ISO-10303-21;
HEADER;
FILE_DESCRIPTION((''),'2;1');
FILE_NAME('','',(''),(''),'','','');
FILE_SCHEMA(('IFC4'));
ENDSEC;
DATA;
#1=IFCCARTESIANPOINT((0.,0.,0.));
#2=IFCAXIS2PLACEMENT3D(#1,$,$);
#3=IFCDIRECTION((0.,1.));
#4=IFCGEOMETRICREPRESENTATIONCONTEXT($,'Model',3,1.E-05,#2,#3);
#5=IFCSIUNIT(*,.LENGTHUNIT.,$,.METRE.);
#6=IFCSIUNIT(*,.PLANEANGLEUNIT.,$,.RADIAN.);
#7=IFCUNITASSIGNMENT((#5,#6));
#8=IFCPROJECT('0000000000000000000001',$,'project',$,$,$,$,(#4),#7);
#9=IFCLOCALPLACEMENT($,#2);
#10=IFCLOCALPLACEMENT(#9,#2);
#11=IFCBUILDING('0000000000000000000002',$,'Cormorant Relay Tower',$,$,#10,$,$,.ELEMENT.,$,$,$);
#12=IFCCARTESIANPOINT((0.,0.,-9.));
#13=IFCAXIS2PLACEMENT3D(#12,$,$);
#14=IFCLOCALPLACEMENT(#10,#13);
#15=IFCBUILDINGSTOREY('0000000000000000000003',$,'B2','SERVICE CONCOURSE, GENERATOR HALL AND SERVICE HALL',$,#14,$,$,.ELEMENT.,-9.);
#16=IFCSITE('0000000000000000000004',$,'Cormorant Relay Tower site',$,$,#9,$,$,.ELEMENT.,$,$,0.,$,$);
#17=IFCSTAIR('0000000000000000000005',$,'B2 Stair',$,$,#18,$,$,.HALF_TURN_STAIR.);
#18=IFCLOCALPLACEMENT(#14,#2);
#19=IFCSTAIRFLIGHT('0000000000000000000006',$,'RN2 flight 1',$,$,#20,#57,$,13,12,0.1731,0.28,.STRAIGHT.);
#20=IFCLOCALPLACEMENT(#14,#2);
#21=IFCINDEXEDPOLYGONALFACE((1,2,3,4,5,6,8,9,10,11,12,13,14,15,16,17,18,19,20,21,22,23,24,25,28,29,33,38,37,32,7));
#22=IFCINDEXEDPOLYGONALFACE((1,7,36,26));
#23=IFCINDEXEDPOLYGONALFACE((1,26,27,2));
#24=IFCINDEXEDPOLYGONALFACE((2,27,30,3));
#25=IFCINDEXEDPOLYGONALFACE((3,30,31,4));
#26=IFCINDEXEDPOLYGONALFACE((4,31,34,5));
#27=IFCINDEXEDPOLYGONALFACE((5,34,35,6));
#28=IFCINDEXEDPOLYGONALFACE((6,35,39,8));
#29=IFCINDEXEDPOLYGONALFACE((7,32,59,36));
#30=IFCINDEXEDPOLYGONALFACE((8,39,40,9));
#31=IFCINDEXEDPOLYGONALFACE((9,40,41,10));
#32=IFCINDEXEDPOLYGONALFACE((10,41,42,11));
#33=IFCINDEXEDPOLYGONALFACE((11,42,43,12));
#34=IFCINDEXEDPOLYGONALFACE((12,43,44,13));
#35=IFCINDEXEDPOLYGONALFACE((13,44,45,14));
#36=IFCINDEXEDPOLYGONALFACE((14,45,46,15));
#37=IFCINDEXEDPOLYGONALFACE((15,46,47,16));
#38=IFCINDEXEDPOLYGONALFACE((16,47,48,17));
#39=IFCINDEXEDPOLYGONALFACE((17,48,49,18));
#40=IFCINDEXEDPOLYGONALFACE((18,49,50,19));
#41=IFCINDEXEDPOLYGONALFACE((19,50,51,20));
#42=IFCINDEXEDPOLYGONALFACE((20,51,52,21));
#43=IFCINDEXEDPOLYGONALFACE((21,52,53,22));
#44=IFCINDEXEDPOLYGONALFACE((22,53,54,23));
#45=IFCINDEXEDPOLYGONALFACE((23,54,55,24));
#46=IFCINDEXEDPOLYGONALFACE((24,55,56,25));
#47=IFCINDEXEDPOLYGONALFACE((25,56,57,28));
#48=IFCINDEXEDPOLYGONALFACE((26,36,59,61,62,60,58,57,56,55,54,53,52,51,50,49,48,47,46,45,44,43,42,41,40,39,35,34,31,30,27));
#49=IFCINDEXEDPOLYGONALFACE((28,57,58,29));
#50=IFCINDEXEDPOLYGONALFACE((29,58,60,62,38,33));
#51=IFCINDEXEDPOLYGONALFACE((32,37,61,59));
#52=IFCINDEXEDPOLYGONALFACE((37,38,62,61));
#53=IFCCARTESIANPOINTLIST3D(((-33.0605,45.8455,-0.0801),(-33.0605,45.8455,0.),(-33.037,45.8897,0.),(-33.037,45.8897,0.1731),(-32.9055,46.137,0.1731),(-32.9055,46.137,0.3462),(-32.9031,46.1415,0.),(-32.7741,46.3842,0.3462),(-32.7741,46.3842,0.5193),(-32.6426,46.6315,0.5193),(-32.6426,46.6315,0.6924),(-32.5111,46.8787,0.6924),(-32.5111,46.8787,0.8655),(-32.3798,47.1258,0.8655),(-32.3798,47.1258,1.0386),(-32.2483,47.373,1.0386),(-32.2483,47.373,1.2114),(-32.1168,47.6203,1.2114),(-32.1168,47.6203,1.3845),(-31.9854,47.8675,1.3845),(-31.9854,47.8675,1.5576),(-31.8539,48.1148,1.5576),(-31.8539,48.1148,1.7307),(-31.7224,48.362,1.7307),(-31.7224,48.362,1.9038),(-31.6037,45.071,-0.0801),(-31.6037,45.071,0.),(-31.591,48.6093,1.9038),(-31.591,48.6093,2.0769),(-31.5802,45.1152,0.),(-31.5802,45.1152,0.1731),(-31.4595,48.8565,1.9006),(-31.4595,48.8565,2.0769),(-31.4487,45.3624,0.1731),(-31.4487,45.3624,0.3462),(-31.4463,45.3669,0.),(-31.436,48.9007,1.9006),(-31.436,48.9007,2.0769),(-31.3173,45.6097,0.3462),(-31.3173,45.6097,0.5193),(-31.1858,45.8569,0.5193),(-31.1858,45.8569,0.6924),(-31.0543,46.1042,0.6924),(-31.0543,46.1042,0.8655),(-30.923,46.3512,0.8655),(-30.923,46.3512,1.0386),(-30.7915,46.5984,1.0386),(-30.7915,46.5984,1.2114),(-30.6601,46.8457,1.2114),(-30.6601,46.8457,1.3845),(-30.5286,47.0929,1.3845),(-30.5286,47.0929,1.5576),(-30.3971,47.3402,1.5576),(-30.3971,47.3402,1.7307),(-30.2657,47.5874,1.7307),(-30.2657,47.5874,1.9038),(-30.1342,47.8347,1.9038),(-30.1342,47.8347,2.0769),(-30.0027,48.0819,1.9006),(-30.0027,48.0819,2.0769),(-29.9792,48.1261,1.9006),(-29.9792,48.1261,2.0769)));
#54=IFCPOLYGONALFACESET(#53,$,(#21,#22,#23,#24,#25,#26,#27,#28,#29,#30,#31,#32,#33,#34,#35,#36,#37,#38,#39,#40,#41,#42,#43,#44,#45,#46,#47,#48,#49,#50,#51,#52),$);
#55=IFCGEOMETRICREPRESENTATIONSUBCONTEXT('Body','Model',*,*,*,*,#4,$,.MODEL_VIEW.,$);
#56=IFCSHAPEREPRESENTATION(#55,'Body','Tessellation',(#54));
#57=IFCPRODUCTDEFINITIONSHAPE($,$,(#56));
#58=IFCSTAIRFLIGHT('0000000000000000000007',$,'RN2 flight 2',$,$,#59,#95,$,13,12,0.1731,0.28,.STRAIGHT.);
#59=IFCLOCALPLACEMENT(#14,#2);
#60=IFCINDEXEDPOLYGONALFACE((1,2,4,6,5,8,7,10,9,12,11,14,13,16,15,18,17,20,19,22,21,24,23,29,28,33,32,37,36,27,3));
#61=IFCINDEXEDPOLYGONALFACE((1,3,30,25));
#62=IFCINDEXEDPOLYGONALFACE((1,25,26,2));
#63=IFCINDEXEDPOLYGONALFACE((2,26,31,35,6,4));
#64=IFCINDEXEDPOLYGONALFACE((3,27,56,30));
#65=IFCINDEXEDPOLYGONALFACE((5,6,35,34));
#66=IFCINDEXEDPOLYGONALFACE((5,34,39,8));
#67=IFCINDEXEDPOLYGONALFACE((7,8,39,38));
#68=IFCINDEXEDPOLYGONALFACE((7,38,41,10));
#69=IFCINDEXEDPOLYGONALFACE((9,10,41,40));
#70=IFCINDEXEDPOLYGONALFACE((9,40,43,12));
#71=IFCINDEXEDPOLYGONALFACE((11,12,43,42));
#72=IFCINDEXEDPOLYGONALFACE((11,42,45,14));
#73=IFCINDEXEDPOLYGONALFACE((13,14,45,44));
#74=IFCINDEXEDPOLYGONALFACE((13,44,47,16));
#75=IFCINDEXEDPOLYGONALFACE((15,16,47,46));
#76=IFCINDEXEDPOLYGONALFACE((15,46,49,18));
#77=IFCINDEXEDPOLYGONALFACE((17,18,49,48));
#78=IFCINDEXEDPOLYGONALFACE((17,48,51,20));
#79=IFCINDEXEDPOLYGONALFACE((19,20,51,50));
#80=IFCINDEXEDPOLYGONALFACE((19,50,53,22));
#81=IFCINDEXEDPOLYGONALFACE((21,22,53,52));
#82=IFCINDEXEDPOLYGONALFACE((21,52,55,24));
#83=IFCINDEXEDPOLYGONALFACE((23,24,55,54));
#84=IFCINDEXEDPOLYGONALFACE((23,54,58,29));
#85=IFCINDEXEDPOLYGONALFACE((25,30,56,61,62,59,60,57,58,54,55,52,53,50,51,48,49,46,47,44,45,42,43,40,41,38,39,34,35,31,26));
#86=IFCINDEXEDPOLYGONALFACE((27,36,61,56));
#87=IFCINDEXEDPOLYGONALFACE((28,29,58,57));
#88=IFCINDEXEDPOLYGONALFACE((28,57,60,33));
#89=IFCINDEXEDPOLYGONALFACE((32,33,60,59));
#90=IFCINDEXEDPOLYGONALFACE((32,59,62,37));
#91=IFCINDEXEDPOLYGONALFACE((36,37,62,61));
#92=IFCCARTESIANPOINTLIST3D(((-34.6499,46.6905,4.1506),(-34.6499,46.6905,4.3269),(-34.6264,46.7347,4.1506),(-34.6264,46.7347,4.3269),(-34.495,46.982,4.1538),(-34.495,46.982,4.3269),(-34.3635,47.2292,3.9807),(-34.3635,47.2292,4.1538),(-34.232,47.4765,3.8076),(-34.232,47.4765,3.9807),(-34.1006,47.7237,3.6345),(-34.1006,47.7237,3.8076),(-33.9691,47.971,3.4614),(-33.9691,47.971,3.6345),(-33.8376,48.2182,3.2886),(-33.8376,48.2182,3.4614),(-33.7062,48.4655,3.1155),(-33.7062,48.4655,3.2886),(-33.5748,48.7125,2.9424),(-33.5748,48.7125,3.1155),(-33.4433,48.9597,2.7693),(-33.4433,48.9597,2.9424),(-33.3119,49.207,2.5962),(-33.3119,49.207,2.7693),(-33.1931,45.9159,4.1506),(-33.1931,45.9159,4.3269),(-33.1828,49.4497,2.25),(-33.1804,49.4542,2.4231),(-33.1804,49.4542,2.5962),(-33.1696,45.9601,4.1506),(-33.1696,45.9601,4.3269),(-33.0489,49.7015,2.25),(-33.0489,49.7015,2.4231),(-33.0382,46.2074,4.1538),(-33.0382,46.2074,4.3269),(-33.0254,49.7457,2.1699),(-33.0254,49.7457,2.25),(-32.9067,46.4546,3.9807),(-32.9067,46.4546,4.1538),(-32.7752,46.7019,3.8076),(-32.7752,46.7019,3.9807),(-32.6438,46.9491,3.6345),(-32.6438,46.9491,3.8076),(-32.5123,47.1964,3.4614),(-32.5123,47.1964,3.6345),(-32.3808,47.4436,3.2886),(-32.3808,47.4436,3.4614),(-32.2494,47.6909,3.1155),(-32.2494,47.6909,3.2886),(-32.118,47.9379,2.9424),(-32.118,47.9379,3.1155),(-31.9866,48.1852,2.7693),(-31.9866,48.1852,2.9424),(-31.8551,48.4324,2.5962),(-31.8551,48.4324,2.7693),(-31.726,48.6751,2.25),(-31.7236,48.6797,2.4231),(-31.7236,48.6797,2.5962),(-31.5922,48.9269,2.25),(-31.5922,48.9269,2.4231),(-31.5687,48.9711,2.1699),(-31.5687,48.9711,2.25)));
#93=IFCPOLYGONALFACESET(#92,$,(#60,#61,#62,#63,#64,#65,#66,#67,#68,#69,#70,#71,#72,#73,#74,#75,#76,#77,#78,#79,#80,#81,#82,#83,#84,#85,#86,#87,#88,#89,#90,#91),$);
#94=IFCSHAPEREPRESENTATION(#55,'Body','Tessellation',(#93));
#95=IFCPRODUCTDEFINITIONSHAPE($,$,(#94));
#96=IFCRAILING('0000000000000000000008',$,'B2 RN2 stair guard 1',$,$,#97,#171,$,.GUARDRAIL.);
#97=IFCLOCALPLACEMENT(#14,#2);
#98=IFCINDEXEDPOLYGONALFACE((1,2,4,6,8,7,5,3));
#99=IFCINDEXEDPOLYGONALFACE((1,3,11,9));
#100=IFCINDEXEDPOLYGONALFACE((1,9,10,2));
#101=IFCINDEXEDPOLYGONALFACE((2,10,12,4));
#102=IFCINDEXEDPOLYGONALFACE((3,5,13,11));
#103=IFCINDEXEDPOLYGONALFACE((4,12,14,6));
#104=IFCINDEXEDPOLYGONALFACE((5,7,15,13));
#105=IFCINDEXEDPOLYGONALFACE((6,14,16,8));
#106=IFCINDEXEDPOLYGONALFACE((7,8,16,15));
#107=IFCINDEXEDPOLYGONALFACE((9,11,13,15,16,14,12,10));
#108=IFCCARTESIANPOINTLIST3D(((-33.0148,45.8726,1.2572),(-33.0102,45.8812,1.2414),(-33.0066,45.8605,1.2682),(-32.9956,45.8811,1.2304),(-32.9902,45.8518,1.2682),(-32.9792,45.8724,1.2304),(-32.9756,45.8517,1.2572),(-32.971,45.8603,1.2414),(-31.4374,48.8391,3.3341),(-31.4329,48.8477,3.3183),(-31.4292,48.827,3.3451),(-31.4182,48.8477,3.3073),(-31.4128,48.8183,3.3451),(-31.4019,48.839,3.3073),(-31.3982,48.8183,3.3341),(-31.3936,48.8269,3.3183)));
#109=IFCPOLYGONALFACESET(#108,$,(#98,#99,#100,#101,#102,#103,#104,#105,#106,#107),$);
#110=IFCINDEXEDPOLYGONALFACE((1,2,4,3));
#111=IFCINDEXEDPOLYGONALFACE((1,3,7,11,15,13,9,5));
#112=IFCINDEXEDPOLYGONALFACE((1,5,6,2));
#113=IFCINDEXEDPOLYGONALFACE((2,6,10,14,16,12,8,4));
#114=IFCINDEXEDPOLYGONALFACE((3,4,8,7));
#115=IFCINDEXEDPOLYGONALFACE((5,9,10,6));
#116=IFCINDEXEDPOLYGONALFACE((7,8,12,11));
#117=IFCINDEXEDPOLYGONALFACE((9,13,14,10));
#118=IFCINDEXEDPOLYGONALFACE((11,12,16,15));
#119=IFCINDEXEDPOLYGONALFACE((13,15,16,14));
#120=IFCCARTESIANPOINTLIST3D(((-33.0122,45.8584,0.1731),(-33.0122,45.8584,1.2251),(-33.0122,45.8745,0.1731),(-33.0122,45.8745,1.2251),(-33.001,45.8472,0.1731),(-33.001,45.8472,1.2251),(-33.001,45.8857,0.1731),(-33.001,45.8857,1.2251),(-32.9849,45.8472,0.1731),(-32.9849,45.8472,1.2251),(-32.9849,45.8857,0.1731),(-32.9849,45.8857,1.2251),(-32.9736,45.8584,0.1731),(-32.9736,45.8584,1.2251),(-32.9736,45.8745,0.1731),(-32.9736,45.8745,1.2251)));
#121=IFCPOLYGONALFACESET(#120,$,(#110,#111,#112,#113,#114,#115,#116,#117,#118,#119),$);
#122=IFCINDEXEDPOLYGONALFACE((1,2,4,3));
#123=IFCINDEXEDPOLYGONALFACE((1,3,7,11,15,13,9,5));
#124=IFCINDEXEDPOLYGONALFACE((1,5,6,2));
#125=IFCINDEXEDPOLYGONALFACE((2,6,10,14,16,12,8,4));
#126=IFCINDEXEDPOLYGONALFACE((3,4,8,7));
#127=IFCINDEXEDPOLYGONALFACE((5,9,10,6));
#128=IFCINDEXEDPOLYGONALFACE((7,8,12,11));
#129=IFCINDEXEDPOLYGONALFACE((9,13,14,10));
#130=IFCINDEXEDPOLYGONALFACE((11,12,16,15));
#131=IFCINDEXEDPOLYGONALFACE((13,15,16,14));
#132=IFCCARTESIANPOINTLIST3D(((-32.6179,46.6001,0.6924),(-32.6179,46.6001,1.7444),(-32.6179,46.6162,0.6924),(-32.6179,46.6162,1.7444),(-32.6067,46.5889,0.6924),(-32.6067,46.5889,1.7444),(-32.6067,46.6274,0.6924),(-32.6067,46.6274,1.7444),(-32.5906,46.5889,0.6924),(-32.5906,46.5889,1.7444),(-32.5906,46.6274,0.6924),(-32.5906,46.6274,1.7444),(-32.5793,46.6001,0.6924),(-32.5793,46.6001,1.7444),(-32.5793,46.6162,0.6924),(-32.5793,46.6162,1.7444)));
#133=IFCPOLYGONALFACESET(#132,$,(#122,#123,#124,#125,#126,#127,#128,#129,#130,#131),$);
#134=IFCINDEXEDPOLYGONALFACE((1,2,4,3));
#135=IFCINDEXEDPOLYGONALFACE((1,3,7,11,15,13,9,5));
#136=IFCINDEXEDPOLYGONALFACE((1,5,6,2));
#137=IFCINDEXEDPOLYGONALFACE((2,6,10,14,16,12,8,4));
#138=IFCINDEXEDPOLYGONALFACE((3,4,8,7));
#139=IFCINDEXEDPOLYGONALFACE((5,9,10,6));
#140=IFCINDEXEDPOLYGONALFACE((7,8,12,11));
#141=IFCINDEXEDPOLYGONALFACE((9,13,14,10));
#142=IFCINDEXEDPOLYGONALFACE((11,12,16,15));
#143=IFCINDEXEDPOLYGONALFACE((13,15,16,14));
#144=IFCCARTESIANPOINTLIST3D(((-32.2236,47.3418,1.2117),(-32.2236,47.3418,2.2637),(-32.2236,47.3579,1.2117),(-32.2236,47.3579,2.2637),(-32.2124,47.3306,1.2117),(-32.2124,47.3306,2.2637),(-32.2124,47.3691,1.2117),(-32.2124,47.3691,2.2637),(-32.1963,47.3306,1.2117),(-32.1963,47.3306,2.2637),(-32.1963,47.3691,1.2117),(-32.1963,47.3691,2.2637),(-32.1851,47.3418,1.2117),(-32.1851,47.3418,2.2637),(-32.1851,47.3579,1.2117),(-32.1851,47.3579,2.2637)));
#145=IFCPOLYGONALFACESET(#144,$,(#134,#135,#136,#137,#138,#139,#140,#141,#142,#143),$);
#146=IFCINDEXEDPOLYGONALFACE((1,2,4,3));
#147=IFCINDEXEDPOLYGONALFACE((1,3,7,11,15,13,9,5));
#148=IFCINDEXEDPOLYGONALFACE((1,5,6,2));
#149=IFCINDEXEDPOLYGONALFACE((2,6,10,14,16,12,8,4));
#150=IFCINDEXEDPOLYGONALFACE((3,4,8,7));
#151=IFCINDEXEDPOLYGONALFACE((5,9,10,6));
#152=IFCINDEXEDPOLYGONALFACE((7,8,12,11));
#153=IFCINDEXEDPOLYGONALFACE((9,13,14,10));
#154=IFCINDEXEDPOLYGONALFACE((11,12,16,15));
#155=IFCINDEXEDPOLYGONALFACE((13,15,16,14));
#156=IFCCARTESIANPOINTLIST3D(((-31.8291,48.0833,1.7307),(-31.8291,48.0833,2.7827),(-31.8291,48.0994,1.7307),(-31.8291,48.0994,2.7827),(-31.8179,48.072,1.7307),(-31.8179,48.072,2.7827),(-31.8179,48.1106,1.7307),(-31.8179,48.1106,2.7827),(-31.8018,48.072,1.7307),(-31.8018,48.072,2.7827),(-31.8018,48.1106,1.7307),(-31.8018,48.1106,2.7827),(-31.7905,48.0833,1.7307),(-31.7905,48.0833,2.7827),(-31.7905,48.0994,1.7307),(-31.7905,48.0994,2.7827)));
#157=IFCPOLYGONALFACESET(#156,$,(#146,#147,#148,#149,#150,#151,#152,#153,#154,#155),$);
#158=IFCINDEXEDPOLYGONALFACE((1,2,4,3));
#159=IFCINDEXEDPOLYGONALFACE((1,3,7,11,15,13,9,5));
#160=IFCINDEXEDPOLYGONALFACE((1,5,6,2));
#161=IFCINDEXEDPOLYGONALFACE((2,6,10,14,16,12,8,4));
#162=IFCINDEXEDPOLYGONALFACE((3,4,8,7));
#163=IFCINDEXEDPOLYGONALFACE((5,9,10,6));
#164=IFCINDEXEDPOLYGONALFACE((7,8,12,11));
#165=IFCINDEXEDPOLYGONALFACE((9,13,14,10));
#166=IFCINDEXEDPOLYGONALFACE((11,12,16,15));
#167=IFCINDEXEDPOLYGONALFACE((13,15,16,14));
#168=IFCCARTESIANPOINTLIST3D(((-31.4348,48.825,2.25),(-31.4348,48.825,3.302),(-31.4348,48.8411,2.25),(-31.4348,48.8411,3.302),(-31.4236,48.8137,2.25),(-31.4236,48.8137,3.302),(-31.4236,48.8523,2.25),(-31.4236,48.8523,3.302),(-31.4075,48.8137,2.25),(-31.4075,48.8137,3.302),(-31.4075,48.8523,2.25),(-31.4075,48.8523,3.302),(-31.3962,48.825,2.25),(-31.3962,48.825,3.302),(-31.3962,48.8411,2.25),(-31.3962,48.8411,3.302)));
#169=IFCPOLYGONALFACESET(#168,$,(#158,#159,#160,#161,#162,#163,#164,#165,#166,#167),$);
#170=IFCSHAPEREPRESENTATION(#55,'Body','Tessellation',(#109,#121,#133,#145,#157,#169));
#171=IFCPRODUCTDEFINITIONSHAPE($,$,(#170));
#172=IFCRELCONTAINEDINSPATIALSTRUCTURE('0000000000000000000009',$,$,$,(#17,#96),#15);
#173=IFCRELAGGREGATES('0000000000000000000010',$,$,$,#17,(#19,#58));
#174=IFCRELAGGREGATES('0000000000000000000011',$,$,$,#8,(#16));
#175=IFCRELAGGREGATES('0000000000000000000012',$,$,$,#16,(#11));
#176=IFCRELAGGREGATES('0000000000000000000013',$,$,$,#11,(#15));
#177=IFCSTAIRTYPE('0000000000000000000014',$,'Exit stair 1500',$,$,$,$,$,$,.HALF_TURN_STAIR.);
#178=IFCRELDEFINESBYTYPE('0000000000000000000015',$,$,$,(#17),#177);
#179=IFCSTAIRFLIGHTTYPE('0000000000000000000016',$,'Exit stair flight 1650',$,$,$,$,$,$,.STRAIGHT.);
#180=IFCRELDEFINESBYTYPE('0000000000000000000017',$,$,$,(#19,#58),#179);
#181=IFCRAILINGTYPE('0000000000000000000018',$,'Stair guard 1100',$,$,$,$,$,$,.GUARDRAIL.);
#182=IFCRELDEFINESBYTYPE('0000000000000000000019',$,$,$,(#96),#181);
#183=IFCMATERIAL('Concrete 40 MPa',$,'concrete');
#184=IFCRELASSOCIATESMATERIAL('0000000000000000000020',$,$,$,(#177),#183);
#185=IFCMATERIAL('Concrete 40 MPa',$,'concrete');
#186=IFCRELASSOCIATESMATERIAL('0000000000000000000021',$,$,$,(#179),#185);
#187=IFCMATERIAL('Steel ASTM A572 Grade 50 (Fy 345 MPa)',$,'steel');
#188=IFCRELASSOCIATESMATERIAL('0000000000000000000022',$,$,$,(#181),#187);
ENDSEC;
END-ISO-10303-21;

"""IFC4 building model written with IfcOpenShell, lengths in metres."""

from ifc_helpers import new_model, si_unit, direction, frame, origin, place, context, subcontext, project, spatial, polyline, outline, extrude, material, type_object, element, aggregate, save


model = new_model("IFC4")

# Units and contexts
model_context = context("Model", 3, precision=1e-05, world=origin(), true_north=direction((0.0, 1.0)))
body_context = subcontext(model_context, "Body", "Model", "MODEL_VIEW")
ifc_project = project(units=[si_unit("LENGTHUNIT", "METRE"), si_unit("PLANEANGLEUNIT", "RADIAN")], contexts=[model_context])

# Site, building, storey
site_placement = place(None, origin())
site = spatial("IfcSite", under=ifc_project, at=site_placement, Name="Cormorant Relay Tower site", CompositionType="ELEMENT", RefElevation=0.0)
building_placement = place(site_placement, origin())
building = spatial("IfcBuilding", under=site, at=building_placement, Name="Cormorant Relay Tower", CompositionType="ELEMENT")
storey_placement = place(building_placement, frame((0.0, 0.0, -9.0)))
storey = spatial("IfcBuildingStorey", under=building, at=storey_placement, Name="B2", Description="SERVICE CONCOURSE, GENERATOR HALL AND SERVICE HALL", CompositionType="ELEMENT", Elevation=-9.0)

# Stair, stair flights
ifc_material_1 = material(Name="Concrete 40 MPa", Category="concrete")
stair_type = type_object("IfcStairType", Name="Exit stair 1500", PredefinedType="HALF_TURN_STAIR", material=ifc_material_1)
stair_placement = place(storey_placement, origin())
stair = element("IfcStair", 1, at=stair_placement, inside=storey, type_object=stair_type, Name="B2 Stair", PredefinedType="HALF_TURN_STAIR")
ifc_material_2 = material(Name="Concrete 40 MPa", Category="concrete")
stair_flight_type = type_object("IfcStairFlightType", Name="Exit stair flight 1650", PredefinedType="STRAIGHT", material=ifc_material_2)
stair_flight_1_placement = place(storey_placement, frame((-32.3086, 45.5024, 0.0), z_axis=(0.0, 0.0, 1.0), x_axis=(0.469472, 0.882948, 0.0)))
stair_flight_1 = element("IfcStairFlight", 2, at=stair_flight_1_placement, type_object=stair_flight_type, Name="RN2 flight 1", NumberOfRisers=13, NumberOfTreads=12, PredefinedType="STRAIGHT", RiserHeight=0.1731, TreadLength=0.28, context=body_context, shape_type="SweptSolid", body=[
    extrude(outline(polyline([(-0.05, -0.0801), (-0.05, 0.0), (0.0, 0.0), (0.0, 0.1731), (0.28, 0.1731), (0.28, 0.3462), (0.5601, 0.3462), (0.5601, 0.5193), (0.8401, 0.5193), (0.8401, 0.6924), (1.1201, 0.6924), (1.1201, 0.8655), (1.3999, 0.8655), (1.3999, 1.0386), (1.6799, 1.0386), (1.6799, 1.2114), (1.96, 1.2114), (1.96, 1.3845), (2.24, 1.3845), (2.24, 1.5576), (2.52, 1.5576), (2.52, 1.7307), (2.8, 1.7307), (2.8, 1.9038), (3.0801, 1.9038), (3.0801, 2.0769), (3.3601, 2.0769), (3.4102, 2.0769), (3.4102, 1.9006), (3.3601, 1.9006), (0.2852, 0.0), (-0.05, -0.0801)])), frame((0.0, 0.825, 0.0), z_axis=(0.0, -1.0, 0.0), x_axis=(1.0, 0.0, 0.0)), (0.0, 0.0, 1.0), 1.6499),
])
stair_flight_2_placement = place(storey_placement, frame((-32.3206, 49.3142, 2.25), z_axis=(0.0, 0.0, 1.0), x_axis=(-0.469472, -0.882948, 0.0)))
stair_flight_2 = element("IfcStairFlight", 3, at=stair_flight_2_placement, type_object=stair_flight_type, Name="RN2 flight 2", NumberOfRisers=13, NumberOfTreads=12, PredefinedType="STRAIGHT", RiserHeight=0.1731, TreadLength=0.28, context=body_context, shape_type="SweptSolid", body=[
    extrude(outline(polyline([(-0.05, -0.0801), (-0.05, 0.0), (0.0, 0.0), (0.0, 0.1731), (0.28, 0.1731), (0.28, 0.3462), (0.5601, 0.3462), (0.5601, 0.5193), (0.8401, 0.5193), (0.8401, 0.6924), (1.1201, 0.6924), (1.1201, 0.8655), (1.3999, 0.8655), (1.3999, 1.0386), (1.6799, 1.0386), (1.6799, 1.2114), (1.96, 1.2114), (1.96, 1.3845), (2.24, 1.3845), (2.24, 1.5576), (2.52, 1.5576), (2.52, 1.7307), (2.8, 1.7307), (2.8, 1.9038), (3.0801, 1.9038), (3.0801, 2.0769), (3.3601, 2.0769), (3.4102, 2.0769), (3.4102, 1.9006), (3.3601, 1.9006), (0.2852, 0.0), (-0.05, -0.0801)])), frame((0.0, 0.825, 0.0), z_axis=(0.0, -1.0, 0.0), x_axis=(1.0, 0.0, 0.0)), (0.0, 0.0, 1.0), 1.6499),
])
aggregate(stair, [stair_flight_1, stair_flight_2])

# Railing
ifc_material_3 = material(Name="Steel ASTM A572 Grade 50 (Fy 345 MPa)", Category="steel")
railing_type_1 = type_object("IfcRailingType", Name="Stair guard 1100", PredefinedType="GUARDRAIL", material=ifc_material_3)
railing_1_placement = place(storey_placement, frame((-32.9929, 45.8665, 0.1731)))
element("IfcRailing", 4, at=railing_1_placement, inside=storey, type_object=railing_type_1, Name="B2 RN2 stair guard 1", PredefinedType="GUARDRAIL", context=body_context, shape_type="SweptSolid", body=[
    extrude(outline(polyline([(0.0222, 0.0093), (0.0093, 0.0222), (-0.0093, 0.0222), (-0.0222, 0.0093), (-0.0222, -0.0093), (-0.0093, -0.0222), (0.0093, -0.0222), (0.0222, -0.0093), (0.0222, 0.0093)])), frame((0.0, 0.0, 1.0762), z_axis=(0.399345, 0.751035, 0.525805), x_axis=(-0.882942, 0.469483, 0.0)), (0.0, 0.0, 1.0), 3.95),
    extrude(outline(polyline([(0.0193, 0.0081), (0.0081, 0.0193), (-0.0081, 0.0193), (-0.0193, 0.0081), (-0.0193, -0.0081), (-0.0081, -0.0193), (0.0081, -0.0193), (0.0193, -0.0081), (0.0193, 0.0081)])), origin(), (0.0, 0.0, 1.0), 1.052),
    extrude(outline(polyline([(0.0193, 0.0081), (0.0081, 0.0193), (-0.0081, 0.0193), (-0.0193, 0.0081), (-0.0193, -0.0081), (-0.0081, -0.0193), (0.0081, -0.0193), (0.0193, -0.0081), (0.0193, 0.0081)])), frame((0.3943, 0.7417, 0.5193)), (0.0, 0.0, 1.0), 1.052),
    extrude(outline(polyline([(0.0193, 0.0081), (0.0081, 0.0193), (-0.0081, 0.0193), (-0.0193, 0.0081), (-0.0193, -0.0081), (-0.0081, -0.0193), (0.0081, -0.0193), (0.0193, -0.0081), (0.0193, 0.0081)])), frame((0.7886, 1.4834, 1.0386)), (0.0, 0.0, 1.0), 1.052),
    extrude(outline(polyline([(0.0193, 0.0081), (0.0081, 0.0193), (-0.0081, 0.0193), (-0.0193, 0.0081), (-0.0193, -0.0081), (-0.0081, -0.0193), (0.0081, -0.0193), (0.0193, -0.0081), (0.0193, 0.0081)])), frame((1.1831, 2.2249, 1.5576)), (0.0, 0.0, 1.0), 1.052),
    extrude(outline(polyline([(0.0193, 0.0081), (0.0081, 0.0193), (-0.0081, 0.0193), (-0.0193, 0.0081), (-0.0193, -0.0081), (-0.0081, -0.0193), (0.0081, -0.0193), (0.0193, -0.0081), (0.0193, 0.0081)])), frame((1.5774, 2.9666, 2.0769)), (0.0, 0.0, 1.0), 1.052),
])

save(model, "model.ifc")
